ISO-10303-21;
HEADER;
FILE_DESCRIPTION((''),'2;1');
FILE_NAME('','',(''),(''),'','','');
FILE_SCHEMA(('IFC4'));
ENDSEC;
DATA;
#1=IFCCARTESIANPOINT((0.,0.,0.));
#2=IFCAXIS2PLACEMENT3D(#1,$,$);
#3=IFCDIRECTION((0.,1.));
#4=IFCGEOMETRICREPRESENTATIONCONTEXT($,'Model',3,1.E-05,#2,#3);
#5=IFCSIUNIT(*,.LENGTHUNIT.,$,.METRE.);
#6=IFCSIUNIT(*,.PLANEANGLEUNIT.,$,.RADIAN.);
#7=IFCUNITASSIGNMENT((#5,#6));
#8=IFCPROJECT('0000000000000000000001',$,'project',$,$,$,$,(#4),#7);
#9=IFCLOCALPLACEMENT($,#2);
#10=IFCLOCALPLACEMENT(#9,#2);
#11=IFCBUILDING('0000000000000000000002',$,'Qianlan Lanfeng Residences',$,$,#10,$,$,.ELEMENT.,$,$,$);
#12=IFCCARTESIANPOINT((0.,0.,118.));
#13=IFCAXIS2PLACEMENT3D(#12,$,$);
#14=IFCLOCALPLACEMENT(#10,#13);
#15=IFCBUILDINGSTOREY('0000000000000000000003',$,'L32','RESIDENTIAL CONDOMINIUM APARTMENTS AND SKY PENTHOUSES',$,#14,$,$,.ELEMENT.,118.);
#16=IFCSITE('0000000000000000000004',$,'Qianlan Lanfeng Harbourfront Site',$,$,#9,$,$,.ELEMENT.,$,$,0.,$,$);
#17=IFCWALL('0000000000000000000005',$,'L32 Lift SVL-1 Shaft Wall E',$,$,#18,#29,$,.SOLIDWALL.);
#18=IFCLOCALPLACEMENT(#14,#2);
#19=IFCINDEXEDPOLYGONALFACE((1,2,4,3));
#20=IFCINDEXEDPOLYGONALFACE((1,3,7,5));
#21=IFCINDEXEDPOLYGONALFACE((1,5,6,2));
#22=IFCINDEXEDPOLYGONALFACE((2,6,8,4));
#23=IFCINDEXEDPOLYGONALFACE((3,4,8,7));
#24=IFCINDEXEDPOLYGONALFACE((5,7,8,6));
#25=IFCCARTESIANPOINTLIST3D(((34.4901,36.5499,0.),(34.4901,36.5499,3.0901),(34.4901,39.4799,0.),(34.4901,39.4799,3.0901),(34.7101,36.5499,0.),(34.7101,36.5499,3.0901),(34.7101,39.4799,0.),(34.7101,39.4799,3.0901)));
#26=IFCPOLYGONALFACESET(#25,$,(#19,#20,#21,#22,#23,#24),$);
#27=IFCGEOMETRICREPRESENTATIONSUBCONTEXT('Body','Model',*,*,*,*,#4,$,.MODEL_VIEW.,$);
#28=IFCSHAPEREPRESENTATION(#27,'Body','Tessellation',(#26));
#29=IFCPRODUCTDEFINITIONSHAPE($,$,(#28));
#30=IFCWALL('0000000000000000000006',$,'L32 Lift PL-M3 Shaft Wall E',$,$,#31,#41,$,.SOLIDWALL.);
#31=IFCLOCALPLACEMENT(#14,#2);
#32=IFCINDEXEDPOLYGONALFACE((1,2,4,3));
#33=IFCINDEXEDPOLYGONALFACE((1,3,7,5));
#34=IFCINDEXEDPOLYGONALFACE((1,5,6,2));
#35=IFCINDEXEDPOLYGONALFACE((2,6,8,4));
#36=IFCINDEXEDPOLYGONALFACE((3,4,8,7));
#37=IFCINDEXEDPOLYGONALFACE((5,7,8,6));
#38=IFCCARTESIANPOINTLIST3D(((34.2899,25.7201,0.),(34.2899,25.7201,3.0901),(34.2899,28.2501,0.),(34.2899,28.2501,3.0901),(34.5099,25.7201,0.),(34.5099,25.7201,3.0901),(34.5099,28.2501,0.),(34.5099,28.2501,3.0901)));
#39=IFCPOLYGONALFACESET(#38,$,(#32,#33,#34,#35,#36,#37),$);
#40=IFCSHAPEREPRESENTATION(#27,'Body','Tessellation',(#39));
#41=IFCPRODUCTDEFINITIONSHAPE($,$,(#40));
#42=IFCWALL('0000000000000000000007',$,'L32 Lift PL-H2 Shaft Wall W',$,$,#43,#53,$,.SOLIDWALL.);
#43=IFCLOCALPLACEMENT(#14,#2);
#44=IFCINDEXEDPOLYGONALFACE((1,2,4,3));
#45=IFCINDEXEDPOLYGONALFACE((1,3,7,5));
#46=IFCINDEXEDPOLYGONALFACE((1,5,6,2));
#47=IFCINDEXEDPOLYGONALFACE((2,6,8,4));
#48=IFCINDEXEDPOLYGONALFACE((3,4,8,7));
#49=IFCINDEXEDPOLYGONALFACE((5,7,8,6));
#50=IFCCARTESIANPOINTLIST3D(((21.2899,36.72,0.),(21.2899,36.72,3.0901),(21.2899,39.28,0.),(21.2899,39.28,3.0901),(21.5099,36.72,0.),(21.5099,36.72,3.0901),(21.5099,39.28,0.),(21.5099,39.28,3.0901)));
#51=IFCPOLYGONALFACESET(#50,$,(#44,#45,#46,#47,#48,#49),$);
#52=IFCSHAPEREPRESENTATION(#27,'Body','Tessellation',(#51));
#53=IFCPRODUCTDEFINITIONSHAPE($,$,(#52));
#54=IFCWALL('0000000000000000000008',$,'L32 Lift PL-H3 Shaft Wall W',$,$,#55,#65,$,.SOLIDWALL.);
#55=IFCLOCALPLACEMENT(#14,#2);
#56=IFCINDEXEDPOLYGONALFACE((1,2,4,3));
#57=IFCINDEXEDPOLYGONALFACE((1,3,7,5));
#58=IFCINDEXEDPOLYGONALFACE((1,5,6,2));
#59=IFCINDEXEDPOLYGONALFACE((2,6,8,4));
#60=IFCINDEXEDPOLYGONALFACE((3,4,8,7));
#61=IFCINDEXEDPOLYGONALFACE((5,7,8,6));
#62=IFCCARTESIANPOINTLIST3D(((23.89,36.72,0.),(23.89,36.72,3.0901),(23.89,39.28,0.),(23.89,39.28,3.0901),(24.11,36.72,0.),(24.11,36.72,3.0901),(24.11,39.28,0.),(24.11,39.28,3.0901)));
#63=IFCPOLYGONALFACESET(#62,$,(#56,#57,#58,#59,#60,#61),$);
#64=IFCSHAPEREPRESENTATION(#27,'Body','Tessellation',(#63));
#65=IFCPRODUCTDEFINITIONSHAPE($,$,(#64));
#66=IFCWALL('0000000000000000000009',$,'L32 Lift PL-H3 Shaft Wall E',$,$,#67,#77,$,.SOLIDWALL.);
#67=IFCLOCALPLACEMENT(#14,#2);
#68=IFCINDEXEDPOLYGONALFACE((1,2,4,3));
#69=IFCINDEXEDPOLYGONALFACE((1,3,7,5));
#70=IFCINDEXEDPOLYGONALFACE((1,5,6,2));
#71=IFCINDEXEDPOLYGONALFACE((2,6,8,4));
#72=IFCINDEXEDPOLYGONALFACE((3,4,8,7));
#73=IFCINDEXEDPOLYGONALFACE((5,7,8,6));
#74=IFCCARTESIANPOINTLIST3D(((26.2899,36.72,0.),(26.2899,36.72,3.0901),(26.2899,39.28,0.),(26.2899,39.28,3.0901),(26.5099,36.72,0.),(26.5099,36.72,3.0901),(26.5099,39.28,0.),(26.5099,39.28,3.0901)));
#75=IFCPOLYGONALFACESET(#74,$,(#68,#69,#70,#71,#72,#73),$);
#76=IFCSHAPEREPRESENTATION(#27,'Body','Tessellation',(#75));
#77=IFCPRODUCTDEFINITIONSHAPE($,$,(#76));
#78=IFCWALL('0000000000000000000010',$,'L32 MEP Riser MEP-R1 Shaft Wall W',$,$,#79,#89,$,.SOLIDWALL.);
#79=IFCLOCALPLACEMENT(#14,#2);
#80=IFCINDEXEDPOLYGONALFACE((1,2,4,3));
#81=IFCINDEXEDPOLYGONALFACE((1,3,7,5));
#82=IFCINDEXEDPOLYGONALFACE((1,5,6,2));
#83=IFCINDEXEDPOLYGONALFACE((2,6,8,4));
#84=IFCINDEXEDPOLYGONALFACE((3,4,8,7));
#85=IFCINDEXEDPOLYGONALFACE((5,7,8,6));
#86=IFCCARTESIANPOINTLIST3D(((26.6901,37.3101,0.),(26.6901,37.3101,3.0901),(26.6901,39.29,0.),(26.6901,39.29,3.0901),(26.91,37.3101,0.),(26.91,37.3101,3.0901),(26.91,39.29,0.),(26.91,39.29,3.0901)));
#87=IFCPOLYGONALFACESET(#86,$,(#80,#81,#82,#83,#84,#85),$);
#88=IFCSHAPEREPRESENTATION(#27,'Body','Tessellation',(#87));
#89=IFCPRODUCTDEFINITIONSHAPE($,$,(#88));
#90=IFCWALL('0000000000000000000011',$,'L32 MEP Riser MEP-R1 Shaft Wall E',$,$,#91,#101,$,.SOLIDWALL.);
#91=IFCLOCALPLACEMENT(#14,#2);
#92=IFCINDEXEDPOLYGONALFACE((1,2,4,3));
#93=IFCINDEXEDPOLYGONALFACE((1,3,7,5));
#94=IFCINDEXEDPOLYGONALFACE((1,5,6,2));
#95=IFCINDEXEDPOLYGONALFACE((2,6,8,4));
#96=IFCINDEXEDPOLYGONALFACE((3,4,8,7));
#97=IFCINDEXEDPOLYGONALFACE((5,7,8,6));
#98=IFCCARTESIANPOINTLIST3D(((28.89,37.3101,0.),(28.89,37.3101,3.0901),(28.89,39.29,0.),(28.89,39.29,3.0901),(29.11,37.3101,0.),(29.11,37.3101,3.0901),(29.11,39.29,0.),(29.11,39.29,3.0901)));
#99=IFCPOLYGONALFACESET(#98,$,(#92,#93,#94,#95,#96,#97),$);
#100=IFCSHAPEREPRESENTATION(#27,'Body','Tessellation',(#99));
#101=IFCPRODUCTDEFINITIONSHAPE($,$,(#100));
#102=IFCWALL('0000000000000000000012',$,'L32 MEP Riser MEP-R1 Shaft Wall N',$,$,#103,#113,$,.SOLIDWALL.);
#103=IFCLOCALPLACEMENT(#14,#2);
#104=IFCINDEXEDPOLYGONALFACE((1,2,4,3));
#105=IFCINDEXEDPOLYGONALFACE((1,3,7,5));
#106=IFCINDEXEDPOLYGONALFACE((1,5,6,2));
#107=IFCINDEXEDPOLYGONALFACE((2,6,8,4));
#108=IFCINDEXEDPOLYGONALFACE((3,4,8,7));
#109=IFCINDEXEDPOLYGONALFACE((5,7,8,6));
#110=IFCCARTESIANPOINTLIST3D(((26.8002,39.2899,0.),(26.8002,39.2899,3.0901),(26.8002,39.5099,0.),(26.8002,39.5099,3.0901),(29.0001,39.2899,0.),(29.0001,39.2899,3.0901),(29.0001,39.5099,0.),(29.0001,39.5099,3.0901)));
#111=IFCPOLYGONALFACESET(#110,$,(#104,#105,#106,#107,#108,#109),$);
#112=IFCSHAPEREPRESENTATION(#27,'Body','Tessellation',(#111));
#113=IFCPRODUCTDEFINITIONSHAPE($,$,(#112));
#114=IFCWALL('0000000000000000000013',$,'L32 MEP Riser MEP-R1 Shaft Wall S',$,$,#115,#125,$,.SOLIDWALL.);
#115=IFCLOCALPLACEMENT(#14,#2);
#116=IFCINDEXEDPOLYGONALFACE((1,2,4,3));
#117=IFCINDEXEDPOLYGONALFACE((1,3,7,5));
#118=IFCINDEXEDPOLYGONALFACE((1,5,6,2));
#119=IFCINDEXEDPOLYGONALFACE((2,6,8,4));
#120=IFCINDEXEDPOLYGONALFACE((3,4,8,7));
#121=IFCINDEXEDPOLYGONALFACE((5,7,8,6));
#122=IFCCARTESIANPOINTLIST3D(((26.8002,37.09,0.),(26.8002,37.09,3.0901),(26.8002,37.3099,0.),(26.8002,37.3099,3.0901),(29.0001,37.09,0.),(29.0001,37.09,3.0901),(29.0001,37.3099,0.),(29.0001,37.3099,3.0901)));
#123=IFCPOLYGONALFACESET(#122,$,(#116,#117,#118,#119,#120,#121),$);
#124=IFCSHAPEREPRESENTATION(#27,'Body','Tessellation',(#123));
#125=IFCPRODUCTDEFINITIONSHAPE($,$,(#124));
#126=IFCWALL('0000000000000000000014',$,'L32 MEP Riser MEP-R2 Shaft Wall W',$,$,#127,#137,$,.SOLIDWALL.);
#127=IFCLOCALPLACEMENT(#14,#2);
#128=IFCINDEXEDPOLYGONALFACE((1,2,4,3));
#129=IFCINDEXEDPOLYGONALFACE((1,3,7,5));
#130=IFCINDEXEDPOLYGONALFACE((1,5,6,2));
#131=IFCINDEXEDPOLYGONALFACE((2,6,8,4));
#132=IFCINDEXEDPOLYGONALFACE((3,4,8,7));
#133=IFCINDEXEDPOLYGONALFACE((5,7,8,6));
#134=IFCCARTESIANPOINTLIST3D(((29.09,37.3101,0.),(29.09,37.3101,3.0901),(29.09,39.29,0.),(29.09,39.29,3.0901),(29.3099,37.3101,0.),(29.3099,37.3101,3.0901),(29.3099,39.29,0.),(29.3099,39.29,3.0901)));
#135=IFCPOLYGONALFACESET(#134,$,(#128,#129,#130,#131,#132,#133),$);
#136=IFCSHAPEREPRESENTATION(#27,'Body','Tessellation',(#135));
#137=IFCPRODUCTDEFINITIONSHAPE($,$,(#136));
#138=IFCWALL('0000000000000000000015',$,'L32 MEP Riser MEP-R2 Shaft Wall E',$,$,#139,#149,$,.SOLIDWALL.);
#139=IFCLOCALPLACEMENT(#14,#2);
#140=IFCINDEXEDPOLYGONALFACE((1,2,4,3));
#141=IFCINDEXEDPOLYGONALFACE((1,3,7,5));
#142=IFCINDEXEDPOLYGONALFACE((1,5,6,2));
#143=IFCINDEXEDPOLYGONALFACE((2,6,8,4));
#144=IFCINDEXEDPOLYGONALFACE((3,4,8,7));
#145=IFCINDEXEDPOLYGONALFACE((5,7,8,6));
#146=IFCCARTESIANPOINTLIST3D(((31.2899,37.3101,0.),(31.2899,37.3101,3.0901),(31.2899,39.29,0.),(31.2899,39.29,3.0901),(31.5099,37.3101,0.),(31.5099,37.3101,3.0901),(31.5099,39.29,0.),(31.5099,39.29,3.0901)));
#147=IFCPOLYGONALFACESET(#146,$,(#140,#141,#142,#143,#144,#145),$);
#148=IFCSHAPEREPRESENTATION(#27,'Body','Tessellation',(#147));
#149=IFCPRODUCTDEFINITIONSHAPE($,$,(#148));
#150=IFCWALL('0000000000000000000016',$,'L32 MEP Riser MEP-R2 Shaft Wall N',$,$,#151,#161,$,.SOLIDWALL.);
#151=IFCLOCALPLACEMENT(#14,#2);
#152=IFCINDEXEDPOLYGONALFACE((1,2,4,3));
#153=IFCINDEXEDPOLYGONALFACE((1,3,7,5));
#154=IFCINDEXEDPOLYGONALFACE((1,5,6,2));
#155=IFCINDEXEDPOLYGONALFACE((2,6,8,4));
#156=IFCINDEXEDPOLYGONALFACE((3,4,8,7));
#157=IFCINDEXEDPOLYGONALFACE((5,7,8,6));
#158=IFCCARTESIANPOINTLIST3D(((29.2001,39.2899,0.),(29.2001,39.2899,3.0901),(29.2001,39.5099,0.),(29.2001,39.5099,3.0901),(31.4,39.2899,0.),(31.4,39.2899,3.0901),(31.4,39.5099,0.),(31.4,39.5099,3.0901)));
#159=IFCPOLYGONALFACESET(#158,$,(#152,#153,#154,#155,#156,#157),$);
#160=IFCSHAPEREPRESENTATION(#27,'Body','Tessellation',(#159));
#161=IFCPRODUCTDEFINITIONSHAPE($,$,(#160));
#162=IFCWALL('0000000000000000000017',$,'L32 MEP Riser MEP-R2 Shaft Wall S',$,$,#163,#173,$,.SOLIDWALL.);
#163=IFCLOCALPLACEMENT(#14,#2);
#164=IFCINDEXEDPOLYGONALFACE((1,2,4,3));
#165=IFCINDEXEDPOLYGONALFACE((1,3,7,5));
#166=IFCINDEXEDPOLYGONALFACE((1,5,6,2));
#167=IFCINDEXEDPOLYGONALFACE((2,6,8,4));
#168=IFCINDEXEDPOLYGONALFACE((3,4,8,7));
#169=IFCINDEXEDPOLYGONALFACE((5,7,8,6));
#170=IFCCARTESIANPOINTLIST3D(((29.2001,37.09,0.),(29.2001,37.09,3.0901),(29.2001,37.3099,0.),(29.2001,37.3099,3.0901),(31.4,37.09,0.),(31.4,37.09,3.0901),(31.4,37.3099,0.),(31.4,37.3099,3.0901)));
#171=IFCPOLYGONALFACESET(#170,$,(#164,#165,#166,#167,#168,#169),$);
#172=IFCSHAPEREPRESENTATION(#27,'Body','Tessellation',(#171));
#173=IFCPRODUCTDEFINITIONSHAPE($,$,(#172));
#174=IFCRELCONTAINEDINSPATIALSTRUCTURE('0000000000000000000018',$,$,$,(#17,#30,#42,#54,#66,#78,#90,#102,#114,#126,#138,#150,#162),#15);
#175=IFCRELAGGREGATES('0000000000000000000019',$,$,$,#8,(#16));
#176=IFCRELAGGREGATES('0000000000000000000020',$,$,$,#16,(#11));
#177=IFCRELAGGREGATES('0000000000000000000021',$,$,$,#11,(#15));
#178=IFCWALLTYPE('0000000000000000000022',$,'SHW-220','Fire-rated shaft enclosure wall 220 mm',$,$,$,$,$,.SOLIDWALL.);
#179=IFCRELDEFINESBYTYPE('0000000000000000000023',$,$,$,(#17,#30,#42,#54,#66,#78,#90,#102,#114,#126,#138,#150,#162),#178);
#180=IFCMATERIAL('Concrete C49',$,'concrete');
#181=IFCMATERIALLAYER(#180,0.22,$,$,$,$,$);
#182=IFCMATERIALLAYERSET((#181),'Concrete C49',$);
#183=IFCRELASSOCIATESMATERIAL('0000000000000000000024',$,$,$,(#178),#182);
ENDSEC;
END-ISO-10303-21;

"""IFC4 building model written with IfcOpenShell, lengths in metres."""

from ifc_helpers import new_model, si_unit, direction, frame, frame_2d, origin, place, context, subcontext, project, spatial, rectangle, extrude, material, layer, layer_set, type_object, element, save


model = new_model("IFC4")

# Units and contexts
model_context = context("Model", 3, precision=1e-05, world=origin(), true_north=direction((0.0, 1.0)))
body_context = subcontext(model_context, "Body", "Model", "MODEL_VIEW")
ifc_project = project(units=[si_unit("LENGTHUNIT", "METRE"), si_unit("PLANEANGLEUNIT", "RADIAN")], contexts=[model_context])

# Site, building, storey
site_placement = place(None, origin())
site = spatial("IfcSite", under=ifc_project, at=site_placement, Name="Qianlan Lanfeng Harbourfront Site", CompositionType="ELEMENT", RefElevation=0.0)
building_placement = place(site_placement, origin())
building = spatial("IfcBuilding", under=site, at=building_placement, Name="Qianlan Lanfeng Residences", CompositionType="ELEMENT")
storey_placement = place(building_placement, frame((0.0, 0.0, 118.0)))
storey = spatial("IfcBuildingStorey", under=building, at=storey_placement, Name="L32", Description="RESIDENTIAL CONDOMINIUM APARTMENTS AND SKY PENTHOUSES", CompositionType="ELEMENT", Elevation=118.0)

# Walls
ifc_material_1 = material(Name="Concrete C49", Category="concrete")
ifc_layer_1 = layer(ifc_material_1, 0.22)
ifc_layer_set_1 = layer_set([ifc_layer_1], Name="Concrete C49")
wall_type_1 = type_object("IfcWallType", Name="SHW-220", Description="Fire-rated shaft enclosure wall 220 mm", PredefinedType="SOLIDWALL", material=ifc_layer_set_1)
for number, where, z_axis, x_axis, name in (
    (1, (34.6001, 36.55, 0.0), (0.0, 0.0, 1.0), (0.0, 1.0, 0.0), "L32 Lift SVL-1 Shaft Wall E"),
):
    element("IfcWall", number, at=place(storey_placement, frame(where, z_axis=z_axis, x_axis=x_axis)), inside=storey, type_object=wall_type_1, Name=name, PredefinedType="SOLIDWALL", context=body_context, shape_type="SweptSolid", body=[
        extrude(rectangle(XDim=2.9299, YDim=0.22, at=frame_2d((1.4648, 0.0))), origin(), (0.0, 0.0, 1.0), 3.0901),
    ])
wall_1_placement = place(storey_placement, frame((34.3999, 25.72, 0.0), z_axis=(0.0, 0.0, 1.0), x_axis=(0.0, 1.0, 0.0)))
element("IfcWall", 2, at=wall_1_placement, inside=storey, type_object=wall_type_1, Name="L32 Lift PL-M3 Shaft Wall E", PredefinedType="SOLIDWALL", context=body_context, shape_type="SweptSolid", body=[
    extrude(rectangle(XDim=2.53, YDim=0.22, at=frame_2d((1.2651, 0.0))), origin(), (0.0, 0.0, 1.0), 3.0901),
])
for number, where, z_axis, x_axis, name in (
    (3, (21.3999, 36.72, 0.0), (0.0, 0.0, 1.0), (0.0, 1.0, 0.0), "L32 Lift PL-H2 Shaft Wall W"),
    (4, (24.0, 36.72, 0.0), (0.0, 0.0, 1.0), (0.0, 1.0, 0.0), "L32 Lift PL-H3 Shaft Wall W"),
    (5, (26.3999, 36.72, 0.0), (0.0, 0.0, 1.0), (0.0, 1.0, 0.0), "L32 Lift PL-H3 Shaft Wall E"),
):
    element("IfcWall", number, at=place(storey_placement, frame(where, z_axis=z_axis, x_axis=x_axis)), inside=storey, type_object=wall_type_1, Name=name, PredefinedType="SOLIDWALL", context=body_context, shape_type="SweptSolid", body=[
        extrude(rectangle(XDim=2.5601, YDim=0.22, at=frame_2d((1.28, 0.0))), origin(), (0.0, 0.0, 1.0), 3.0901),
    ])
for number, where, z_axis, x_axis, name in (
    (6, (26.8, 37.3101, 0.0), (0.0, 0.0, 1.0), (0.0, 1.0, 0.0), "L32 MEP Riser MEP-R1 Shaft Wall W"),
    (7, (29.0, 37.3101, 0.0), (0.0, 0.0, 1.0), (0.0, 1.0, 0.0), "L32 MEP Riser MEP-R1 Shaft Wall E"),
):
    element("IfcWall", number, at=place(storey_placement, frame(where, z_axis=z_axis, x_axis=x_axis)), inside=storey, type_object=wall_type_1, Name=name, PredefinedType="SOLIDWALL", context=body_context, shape_type="SweptSolid", body=[
        extrude(rectangle(XDim=1.98, YDim=0.22, at=frame_2d((0.99, 0.0))), origin(), (0.0, 0.0, 1.0), 3.0901),
    ])
for number, where, z_axis, x_axis, name in (
    (8, (26.8, 39.3999, 0.0), (0.0, 0.0, 1.0), (1.0, 0.0, 0.0), "L32 MEP Riser MEP-R1 Shaft Wall N"),
    (9, (26.8, 37.2, 0.0), (0.0, 0.0, 1.0), (1.0, 0.0, 0.0), "L32 MEP Riser MEP-R1 Shaft Wall S"),
):
    element("IfcWall", number, at=place(storey_placement, frame(where, z_axis=z_axis, x_axis=x_axis)), inside=storey, type_object=wall_type_1, Name=name, PredefinedType="SOLIDWALL", context=body_context, shape_type="SweptSolid", body=[
        extrude(rectangle(XDim=2.2, YDim=0.22, at=frame_2d((1.1001, 0.0))), origin(), (0.0, 0.0, 1.0), 3.0901),
    ])
for number, where, z_axis, x_axis, name in (
    (10, (29.2, 37.3101, 0.0), (0.0, 0.0, 1.0), (0.0, 1.0, 0.0), "L32 MEP Riser MEP-R2 Shaft Wall W"),
    (11, (31.3999, 37.3101, 0.0), (0.0, 0.0, 1.0), (0.0, 1.0, 0.0), "L32 MEP Riser MEP-R2 Shaft Wall E"),
):
    element("IfcWall", number, at=place(storey_placement, frame(where, z_axis=z_axis, x_axis=x_axis)), inside=storey, type_object=wall_type_1, Name=name, PredefinedType="SOLIDWALL", context=body_context, shape_type="SweptSolid", body=[
        extrude(rectangle(XDim=1.98, YDim=0.22, at=frame_2d((0.99, 0.0))), origin(), (0.0, 0.0, 1.0), 3.0901),
    ])
for number, where, z_axis, x_axis, name in (
    (12, (29.2, 39.3999, 0.0), (0.0, 0.0, 1.0), (1.0, 0.0, 0.0), "L32 MEP Riser MEP-R2 Shaft Wall N"),
    (13, (29.2, 37.2, 0.0), (0.0, 0.0, 1.0), (1.0, 0.0, 0.0), "L32 MEP Riser MEP-R2 Shaft Wall S"),
):
    element("IfcWall", number, at=place(storey_placement, frame(where, z_axis=z_axis, x_axis=x_axis)), inside=storey, type_object=wall_type_1, Name=name, PredefinedType="SOLIDWALL", context=body_context, shape_type="SweptSolid", body=[
        extrude(rectangle(XDim=2.2, YDim=0.22, at=frame_2d((1.1001, 0.0))), origin(), (0.0, 0.0, 1.0), 3.0901),
    ])

save(model, "model.ifc")
